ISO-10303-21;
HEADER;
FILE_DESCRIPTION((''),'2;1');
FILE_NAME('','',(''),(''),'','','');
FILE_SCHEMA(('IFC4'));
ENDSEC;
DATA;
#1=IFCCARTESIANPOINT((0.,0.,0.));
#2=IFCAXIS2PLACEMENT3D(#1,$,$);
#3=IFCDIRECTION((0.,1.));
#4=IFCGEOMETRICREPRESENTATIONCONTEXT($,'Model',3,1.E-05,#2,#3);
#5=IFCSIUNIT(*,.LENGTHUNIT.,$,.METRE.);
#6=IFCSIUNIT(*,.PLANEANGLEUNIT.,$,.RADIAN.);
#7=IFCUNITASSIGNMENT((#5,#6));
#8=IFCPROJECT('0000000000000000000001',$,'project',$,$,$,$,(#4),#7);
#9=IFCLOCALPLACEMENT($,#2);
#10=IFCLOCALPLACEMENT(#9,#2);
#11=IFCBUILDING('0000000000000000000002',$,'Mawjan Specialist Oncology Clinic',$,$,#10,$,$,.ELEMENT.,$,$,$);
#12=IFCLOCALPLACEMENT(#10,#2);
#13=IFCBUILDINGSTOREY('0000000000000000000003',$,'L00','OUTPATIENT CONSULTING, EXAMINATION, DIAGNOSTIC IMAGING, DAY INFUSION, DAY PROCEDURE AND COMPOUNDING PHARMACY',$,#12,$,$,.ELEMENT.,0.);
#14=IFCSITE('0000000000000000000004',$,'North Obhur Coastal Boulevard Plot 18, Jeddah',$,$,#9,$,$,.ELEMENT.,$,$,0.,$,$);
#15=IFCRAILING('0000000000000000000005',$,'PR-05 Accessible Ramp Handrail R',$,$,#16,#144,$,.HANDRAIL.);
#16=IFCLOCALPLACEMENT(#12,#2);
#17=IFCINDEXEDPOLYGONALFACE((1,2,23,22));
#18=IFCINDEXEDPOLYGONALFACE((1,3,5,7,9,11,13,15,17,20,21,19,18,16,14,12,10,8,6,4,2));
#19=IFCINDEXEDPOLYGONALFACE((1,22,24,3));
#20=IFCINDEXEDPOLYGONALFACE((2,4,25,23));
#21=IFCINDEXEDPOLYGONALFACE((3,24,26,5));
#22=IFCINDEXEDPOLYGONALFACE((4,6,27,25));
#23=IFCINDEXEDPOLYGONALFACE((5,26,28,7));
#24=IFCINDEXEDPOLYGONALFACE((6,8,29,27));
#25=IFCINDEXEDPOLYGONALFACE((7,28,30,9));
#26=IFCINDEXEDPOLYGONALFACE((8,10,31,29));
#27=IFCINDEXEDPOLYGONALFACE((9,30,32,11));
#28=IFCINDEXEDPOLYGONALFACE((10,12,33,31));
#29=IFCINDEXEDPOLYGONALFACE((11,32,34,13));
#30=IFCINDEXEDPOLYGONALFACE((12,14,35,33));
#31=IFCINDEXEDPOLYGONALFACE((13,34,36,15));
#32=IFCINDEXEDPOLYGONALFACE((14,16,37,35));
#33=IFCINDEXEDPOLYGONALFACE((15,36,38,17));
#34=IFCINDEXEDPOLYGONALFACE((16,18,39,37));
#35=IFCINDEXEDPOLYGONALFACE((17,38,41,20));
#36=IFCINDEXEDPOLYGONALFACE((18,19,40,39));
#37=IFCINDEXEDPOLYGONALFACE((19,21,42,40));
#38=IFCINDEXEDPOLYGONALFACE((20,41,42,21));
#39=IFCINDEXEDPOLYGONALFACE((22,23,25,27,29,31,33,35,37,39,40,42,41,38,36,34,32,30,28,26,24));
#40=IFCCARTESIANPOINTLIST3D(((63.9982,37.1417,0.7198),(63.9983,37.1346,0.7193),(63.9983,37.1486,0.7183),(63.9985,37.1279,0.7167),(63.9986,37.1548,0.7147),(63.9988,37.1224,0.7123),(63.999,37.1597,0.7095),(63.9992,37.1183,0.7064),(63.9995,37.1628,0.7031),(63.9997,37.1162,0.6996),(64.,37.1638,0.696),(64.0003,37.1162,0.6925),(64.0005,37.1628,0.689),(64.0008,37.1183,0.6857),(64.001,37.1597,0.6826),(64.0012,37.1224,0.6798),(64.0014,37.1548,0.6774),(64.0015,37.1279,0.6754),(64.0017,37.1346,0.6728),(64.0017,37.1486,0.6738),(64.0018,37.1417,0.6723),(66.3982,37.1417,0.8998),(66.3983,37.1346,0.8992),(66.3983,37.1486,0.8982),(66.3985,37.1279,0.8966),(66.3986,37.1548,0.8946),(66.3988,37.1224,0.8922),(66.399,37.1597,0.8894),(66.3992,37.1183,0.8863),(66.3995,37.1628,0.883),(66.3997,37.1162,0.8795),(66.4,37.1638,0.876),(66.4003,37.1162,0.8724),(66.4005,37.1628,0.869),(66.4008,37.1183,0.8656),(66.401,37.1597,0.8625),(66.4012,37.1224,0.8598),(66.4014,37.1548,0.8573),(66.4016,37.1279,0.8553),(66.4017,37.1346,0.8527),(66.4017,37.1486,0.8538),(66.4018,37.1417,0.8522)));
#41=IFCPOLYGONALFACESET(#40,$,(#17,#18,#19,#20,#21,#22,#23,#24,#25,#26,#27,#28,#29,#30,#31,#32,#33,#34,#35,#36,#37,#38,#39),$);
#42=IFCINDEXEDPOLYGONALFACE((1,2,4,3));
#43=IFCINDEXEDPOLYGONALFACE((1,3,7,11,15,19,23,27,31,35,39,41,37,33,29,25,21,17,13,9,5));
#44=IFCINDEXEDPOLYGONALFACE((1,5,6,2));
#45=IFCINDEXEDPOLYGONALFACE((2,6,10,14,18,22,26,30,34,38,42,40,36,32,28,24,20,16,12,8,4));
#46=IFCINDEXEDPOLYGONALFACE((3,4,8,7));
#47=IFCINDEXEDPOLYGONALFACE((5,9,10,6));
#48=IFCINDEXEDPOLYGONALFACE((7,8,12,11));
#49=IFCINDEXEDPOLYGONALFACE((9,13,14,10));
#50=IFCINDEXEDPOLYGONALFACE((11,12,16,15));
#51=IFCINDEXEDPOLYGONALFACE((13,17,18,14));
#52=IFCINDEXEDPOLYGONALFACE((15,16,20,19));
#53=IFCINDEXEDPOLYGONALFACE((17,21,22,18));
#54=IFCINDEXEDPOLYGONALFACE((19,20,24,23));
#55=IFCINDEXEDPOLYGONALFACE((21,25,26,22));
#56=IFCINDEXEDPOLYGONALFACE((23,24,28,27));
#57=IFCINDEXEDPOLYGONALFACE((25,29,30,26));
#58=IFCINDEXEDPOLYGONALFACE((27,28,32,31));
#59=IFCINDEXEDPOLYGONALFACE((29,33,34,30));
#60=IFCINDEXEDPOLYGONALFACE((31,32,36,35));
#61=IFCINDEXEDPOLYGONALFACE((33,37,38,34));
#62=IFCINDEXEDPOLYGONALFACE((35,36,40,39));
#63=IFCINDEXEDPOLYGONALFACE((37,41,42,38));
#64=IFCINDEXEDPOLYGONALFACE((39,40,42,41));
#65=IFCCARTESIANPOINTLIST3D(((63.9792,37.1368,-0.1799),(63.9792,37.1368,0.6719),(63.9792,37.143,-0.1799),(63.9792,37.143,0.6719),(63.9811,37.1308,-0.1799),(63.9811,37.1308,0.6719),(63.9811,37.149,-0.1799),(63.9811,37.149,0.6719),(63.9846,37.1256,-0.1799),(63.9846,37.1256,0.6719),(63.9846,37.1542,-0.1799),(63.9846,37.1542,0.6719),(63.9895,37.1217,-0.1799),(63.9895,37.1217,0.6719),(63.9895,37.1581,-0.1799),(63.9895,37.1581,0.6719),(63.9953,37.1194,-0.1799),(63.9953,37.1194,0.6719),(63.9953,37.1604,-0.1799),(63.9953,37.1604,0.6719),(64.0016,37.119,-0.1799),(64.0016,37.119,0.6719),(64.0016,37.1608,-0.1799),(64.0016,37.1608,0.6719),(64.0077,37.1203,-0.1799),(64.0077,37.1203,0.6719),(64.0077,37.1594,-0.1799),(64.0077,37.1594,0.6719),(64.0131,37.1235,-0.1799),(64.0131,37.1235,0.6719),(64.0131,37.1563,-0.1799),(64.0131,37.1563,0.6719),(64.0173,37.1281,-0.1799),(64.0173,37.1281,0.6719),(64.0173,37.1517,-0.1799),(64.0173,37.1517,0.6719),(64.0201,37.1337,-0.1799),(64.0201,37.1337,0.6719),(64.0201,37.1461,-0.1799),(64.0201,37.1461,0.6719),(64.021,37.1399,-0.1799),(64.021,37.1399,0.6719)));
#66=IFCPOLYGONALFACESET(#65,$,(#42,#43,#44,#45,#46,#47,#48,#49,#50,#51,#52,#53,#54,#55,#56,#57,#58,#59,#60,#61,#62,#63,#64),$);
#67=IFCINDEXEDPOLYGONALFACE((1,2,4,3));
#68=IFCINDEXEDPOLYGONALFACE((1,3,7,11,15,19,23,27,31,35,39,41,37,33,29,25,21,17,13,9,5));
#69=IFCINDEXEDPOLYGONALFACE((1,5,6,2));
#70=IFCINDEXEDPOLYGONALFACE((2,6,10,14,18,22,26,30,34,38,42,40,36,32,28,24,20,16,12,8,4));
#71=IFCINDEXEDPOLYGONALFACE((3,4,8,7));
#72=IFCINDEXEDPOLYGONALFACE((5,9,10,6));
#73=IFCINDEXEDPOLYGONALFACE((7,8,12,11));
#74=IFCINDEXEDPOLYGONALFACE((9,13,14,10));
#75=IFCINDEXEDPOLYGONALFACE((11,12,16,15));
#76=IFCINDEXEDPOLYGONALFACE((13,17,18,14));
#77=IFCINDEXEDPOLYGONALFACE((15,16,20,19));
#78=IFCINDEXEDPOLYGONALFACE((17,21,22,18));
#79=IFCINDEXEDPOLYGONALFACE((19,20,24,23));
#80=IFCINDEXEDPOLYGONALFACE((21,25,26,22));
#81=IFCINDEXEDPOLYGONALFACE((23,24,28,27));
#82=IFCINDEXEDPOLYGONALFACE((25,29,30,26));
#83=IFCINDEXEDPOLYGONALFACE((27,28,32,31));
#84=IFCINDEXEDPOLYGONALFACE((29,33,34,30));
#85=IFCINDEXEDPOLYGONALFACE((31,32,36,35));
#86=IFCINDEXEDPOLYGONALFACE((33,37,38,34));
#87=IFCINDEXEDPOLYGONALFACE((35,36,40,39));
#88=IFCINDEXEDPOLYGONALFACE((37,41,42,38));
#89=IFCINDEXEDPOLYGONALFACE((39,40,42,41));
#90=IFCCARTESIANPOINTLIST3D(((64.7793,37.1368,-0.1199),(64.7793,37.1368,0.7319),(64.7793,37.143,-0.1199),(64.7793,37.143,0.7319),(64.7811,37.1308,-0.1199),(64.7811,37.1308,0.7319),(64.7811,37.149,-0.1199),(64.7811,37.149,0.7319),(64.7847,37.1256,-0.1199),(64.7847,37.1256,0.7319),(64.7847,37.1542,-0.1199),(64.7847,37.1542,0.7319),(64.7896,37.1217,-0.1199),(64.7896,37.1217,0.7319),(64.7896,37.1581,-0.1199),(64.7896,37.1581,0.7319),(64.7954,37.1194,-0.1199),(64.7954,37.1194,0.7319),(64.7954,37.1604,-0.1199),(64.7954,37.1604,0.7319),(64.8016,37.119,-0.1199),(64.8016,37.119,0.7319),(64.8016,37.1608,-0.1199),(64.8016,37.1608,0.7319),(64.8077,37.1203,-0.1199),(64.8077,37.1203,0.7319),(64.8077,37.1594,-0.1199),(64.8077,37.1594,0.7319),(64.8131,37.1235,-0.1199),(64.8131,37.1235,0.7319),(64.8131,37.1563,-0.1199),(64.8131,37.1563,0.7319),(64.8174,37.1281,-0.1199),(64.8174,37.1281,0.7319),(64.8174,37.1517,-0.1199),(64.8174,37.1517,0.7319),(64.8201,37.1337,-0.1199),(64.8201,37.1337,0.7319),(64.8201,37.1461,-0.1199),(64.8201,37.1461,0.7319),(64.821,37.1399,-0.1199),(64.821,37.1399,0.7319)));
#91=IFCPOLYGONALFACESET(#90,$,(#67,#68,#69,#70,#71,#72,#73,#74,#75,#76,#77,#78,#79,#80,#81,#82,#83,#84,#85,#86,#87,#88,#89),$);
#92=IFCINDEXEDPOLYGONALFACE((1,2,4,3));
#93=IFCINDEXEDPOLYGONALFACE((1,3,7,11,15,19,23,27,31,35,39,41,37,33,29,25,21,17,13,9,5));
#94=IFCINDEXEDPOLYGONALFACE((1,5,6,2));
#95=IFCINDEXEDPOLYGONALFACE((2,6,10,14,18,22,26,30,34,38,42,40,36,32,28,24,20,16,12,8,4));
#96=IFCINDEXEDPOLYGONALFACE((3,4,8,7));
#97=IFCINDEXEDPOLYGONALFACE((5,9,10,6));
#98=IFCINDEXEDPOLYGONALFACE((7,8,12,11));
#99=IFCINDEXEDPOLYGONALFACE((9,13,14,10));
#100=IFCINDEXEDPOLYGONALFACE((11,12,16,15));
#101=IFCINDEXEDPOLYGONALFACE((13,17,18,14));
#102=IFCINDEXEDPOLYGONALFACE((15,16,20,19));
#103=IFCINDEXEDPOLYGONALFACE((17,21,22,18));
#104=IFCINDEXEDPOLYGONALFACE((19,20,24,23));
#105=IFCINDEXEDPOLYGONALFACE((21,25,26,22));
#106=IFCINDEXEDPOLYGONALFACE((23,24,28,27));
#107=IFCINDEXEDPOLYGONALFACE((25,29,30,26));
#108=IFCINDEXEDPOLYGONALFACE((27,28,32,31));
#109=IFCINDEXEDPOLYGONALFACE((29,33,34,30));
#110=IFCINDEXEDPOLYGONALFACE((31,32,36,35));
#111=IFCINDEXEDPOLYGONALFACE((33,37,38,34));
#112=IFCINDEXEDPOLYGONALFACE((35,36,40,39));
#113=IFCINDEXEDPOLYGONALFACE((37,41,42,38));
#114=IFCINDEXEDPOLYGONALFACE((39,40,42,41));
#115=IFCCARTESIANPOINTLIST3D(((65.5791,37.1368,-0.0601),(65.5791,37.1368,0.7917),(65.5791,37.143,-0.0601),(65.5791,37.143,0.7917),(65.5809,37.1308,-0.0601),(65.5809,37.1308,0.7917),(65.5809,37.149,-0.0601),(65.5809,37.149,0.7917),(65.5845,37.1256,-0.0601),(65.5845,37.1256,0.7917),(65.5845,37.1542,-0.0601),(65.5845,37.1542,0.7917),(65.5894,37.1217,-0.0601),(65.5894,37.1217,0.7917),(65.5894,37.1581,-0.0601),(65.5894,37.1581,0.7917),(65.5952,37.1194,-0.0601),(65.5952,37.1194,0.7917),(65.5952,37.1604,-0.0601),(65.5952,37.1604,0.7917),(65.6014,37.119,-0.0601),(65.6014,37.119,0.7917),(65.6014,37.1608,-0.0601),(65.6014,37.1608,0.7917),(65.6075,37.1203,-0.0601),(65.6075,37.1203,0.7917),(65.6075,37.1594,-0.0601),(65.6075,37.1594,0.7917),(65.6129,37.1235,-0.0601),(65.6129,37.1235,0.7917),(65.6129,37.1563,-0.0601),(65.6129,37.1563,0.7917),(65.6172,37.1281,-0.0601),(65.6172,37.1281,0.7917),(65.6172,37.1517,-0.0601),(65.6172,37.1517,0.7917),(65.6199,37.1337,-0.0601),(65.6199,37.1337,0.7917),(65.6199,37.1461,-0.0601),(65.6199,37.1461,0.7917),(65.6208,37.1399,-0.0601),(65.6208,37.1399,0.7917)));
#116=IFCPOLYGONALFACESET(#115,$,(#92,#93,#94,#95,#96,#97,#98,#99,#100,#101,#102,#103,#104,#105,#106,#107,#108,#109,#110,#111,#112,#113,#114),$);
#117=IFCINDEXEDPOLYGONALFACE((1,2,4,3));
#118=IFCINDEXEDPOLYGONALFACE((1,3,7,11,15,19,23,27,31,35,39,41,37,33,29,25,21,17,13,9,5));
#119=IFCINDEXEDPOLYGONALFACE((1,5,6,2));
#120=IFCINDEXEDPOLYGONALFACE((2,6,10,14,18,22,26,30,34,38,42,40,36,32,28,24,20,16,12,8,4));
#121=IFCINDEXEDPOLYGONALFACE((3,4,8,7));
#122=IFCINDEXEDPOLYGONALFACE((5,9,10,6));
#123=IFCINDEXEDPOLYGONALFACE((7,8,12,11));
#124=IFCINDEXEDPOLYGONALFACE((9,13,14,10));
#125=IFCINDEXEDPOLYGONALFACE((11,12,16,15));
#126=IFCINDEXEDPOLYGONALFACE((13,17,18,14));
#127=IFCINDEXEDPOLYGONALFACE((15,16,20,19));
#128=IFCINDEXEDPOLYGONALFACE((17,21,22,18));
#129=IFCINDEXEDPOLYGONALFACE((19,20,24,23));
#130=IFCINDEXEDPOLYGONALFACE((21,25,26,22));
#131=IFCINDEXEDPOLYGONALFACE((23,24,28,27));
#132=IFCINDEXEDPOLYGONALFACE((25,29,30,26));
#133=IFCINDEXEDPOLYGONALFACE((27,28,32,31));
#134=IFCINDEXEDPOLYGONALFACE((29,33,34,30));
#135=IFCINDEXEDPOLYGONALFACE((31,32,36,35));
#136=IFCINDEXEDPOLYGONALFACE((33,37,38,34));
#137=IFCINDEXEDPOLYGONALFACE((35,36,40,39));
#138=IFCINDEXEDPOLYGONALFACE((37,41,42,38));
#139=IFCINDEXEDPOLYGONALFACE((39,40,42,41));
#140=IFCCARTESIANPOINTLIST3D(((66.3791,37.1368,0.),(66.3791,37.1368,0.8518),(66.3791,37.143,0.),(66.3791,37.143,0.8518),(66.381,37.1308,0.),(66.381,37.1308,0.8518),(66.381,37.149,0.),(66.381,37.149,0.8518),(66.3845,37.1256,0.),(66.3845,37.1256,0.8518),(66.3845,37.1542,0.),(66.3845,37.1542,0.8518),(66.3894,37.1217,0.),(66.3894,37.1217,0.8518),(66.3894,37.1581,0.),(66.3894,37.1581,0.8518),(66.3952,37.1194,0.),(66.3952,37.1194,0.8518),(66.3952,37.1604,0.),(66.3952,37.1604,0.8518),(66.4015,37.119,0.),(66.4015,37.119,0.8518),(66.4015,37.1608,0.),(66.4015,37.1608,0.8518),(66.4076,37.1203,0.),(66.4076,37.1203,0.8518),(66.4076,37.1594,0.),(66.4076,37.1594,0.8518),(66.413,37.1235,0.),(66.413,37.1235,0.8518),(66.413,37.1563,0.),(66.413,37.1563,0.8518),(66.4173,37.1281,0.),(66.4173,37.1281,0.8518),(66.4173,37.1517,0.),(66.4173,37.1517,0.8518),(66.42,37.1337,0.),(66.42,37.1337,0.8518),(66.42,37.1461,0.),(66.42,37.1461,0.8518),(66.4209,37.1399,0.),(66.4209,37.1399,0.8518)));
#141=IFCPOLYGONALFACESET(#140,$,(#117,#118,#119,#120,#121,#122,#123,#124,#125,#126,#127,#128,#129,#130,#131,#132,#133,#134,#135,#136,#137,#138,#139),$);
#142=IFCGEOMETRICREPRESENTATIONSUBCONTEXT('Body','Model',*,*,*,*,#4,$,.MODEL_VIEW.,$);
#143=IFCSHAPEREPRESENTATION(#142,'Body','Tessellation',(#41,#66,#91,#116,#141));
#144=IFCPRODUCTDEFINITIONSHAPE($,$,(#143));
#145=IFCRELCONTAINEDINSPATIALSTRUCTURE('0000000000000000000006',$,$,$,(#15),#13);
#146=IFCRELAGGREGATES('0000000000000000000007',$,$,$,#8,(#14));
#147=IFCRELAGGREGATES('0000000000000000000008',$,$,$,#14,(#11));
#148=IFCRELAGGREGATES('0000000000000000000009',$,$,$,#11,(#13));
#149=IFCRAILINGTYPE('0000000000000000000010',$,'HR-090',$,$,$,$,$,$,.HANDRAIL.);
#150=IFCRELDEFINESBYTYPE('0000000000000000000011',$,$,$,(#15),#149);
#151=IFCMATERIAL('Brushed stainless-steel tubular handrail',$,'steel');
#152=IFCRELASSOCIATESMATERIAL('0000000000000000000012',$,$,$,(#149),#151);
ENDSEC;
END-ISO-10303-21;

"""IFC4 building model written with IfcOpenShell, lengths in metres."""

from ifc_helpers import new_model, si_unit, direction, frame, origin, origin_2d, place, context, subcontext, project, spatial, circle, extrude, material, type_object, element, save


model = new_model("IFC4")

# Units and contexts
model_context = context("Model", 3, precision=1e-05, world=origin(), true_north=direction((0.0, 1.0)))
body_context = subcontext(model_context, "Body", "Model", "MODEL_VIEW")
ifc_project = project(units=[si_unit("LENGTHUNIT", "METRE"), si_unit("PLANEANGLEUNIT", "RADIAN")], contexts=[model_context])

# Site, building, storey
site_placement = place(None, origin())
site = spatial("IfcSite", under=ifc_project, at=site_placement, Name="North Obhur Coastal Boulevard Plot 18, Jeddah", CompositionType="ELEMENT", RefElevation=0.0)
building_placement = place(site_placement, origin())
building = spatial("IfcBuilding", under=site, at=building_placement, Name="Mawjan Specialist Oncology Clinic", CompositionType="ELEMENT")
storey_placement = place(building_placement, origin())
storey = spatial("IfcBuildingStorey", under=building, at=storey_placement, Name="L00", Description="OUTPATIENT CONSULTING, EXAMINATION, DIAGNOSTIC IMAGING, DAY INFUSION, DAY PROCEDURE AND COMPOUNDING PHARMACY", CompositionType="ELEMENT", Elevation=0.0)

# Railing
ifc_material_1 = material(Name="Brushed stainless-steel tubular handrail", Category="steel")
railing_type = type_object("IfcRailingType", Name="HR-090", PredefinedType="HANDRAIL", material=ifc_material_1)
for number, where, name in (
    (1, (64.0, 37.1399, -0.1799), "PR-05 Accessible Ramp Handrail R"),
):
    element("IfcRailing", number, at=place(storey_placement, frame(where)), inside=storey, type_object=railing_type, Name=name, PredefinedType="HANDRAIL", context=body_context, shape_type="SweptSolid", body=[
        extrude(circle(Radius=0.0239, at=origin_2d()), frame((0.0, 0.0, 0.876), z_axis=(0.997201, 0.0, 0.074765), x_axis=(0.0, 1.0, 0.0)), (0.0, 0.0, 1.0), 2.4067),
        extrude(circle(Radius=0.021, at=origin_2d()), origin(), (0.0, 0.0, 1.0), 0.8518),
        extrude(circle(Radius=0.021, at=origin_2d()), frame((0.8, 0.0, 0.0601)), (0.0, 0.0, 1.0), 0.8518),
        extrude(circle(Radius=0.021, at=origin_2d()), frame((1.5999, 0.0, 0.1199)), (0.0, 0.0, 1.0), 0.8518),
        extrude(circle(Radius=0.021, at=origin_2d()), frame((2.3999, 0.0, 0.1799)), (0.0, 0.0, 1.0), 0.8518),
    ])

save(model, "model.ifc")
